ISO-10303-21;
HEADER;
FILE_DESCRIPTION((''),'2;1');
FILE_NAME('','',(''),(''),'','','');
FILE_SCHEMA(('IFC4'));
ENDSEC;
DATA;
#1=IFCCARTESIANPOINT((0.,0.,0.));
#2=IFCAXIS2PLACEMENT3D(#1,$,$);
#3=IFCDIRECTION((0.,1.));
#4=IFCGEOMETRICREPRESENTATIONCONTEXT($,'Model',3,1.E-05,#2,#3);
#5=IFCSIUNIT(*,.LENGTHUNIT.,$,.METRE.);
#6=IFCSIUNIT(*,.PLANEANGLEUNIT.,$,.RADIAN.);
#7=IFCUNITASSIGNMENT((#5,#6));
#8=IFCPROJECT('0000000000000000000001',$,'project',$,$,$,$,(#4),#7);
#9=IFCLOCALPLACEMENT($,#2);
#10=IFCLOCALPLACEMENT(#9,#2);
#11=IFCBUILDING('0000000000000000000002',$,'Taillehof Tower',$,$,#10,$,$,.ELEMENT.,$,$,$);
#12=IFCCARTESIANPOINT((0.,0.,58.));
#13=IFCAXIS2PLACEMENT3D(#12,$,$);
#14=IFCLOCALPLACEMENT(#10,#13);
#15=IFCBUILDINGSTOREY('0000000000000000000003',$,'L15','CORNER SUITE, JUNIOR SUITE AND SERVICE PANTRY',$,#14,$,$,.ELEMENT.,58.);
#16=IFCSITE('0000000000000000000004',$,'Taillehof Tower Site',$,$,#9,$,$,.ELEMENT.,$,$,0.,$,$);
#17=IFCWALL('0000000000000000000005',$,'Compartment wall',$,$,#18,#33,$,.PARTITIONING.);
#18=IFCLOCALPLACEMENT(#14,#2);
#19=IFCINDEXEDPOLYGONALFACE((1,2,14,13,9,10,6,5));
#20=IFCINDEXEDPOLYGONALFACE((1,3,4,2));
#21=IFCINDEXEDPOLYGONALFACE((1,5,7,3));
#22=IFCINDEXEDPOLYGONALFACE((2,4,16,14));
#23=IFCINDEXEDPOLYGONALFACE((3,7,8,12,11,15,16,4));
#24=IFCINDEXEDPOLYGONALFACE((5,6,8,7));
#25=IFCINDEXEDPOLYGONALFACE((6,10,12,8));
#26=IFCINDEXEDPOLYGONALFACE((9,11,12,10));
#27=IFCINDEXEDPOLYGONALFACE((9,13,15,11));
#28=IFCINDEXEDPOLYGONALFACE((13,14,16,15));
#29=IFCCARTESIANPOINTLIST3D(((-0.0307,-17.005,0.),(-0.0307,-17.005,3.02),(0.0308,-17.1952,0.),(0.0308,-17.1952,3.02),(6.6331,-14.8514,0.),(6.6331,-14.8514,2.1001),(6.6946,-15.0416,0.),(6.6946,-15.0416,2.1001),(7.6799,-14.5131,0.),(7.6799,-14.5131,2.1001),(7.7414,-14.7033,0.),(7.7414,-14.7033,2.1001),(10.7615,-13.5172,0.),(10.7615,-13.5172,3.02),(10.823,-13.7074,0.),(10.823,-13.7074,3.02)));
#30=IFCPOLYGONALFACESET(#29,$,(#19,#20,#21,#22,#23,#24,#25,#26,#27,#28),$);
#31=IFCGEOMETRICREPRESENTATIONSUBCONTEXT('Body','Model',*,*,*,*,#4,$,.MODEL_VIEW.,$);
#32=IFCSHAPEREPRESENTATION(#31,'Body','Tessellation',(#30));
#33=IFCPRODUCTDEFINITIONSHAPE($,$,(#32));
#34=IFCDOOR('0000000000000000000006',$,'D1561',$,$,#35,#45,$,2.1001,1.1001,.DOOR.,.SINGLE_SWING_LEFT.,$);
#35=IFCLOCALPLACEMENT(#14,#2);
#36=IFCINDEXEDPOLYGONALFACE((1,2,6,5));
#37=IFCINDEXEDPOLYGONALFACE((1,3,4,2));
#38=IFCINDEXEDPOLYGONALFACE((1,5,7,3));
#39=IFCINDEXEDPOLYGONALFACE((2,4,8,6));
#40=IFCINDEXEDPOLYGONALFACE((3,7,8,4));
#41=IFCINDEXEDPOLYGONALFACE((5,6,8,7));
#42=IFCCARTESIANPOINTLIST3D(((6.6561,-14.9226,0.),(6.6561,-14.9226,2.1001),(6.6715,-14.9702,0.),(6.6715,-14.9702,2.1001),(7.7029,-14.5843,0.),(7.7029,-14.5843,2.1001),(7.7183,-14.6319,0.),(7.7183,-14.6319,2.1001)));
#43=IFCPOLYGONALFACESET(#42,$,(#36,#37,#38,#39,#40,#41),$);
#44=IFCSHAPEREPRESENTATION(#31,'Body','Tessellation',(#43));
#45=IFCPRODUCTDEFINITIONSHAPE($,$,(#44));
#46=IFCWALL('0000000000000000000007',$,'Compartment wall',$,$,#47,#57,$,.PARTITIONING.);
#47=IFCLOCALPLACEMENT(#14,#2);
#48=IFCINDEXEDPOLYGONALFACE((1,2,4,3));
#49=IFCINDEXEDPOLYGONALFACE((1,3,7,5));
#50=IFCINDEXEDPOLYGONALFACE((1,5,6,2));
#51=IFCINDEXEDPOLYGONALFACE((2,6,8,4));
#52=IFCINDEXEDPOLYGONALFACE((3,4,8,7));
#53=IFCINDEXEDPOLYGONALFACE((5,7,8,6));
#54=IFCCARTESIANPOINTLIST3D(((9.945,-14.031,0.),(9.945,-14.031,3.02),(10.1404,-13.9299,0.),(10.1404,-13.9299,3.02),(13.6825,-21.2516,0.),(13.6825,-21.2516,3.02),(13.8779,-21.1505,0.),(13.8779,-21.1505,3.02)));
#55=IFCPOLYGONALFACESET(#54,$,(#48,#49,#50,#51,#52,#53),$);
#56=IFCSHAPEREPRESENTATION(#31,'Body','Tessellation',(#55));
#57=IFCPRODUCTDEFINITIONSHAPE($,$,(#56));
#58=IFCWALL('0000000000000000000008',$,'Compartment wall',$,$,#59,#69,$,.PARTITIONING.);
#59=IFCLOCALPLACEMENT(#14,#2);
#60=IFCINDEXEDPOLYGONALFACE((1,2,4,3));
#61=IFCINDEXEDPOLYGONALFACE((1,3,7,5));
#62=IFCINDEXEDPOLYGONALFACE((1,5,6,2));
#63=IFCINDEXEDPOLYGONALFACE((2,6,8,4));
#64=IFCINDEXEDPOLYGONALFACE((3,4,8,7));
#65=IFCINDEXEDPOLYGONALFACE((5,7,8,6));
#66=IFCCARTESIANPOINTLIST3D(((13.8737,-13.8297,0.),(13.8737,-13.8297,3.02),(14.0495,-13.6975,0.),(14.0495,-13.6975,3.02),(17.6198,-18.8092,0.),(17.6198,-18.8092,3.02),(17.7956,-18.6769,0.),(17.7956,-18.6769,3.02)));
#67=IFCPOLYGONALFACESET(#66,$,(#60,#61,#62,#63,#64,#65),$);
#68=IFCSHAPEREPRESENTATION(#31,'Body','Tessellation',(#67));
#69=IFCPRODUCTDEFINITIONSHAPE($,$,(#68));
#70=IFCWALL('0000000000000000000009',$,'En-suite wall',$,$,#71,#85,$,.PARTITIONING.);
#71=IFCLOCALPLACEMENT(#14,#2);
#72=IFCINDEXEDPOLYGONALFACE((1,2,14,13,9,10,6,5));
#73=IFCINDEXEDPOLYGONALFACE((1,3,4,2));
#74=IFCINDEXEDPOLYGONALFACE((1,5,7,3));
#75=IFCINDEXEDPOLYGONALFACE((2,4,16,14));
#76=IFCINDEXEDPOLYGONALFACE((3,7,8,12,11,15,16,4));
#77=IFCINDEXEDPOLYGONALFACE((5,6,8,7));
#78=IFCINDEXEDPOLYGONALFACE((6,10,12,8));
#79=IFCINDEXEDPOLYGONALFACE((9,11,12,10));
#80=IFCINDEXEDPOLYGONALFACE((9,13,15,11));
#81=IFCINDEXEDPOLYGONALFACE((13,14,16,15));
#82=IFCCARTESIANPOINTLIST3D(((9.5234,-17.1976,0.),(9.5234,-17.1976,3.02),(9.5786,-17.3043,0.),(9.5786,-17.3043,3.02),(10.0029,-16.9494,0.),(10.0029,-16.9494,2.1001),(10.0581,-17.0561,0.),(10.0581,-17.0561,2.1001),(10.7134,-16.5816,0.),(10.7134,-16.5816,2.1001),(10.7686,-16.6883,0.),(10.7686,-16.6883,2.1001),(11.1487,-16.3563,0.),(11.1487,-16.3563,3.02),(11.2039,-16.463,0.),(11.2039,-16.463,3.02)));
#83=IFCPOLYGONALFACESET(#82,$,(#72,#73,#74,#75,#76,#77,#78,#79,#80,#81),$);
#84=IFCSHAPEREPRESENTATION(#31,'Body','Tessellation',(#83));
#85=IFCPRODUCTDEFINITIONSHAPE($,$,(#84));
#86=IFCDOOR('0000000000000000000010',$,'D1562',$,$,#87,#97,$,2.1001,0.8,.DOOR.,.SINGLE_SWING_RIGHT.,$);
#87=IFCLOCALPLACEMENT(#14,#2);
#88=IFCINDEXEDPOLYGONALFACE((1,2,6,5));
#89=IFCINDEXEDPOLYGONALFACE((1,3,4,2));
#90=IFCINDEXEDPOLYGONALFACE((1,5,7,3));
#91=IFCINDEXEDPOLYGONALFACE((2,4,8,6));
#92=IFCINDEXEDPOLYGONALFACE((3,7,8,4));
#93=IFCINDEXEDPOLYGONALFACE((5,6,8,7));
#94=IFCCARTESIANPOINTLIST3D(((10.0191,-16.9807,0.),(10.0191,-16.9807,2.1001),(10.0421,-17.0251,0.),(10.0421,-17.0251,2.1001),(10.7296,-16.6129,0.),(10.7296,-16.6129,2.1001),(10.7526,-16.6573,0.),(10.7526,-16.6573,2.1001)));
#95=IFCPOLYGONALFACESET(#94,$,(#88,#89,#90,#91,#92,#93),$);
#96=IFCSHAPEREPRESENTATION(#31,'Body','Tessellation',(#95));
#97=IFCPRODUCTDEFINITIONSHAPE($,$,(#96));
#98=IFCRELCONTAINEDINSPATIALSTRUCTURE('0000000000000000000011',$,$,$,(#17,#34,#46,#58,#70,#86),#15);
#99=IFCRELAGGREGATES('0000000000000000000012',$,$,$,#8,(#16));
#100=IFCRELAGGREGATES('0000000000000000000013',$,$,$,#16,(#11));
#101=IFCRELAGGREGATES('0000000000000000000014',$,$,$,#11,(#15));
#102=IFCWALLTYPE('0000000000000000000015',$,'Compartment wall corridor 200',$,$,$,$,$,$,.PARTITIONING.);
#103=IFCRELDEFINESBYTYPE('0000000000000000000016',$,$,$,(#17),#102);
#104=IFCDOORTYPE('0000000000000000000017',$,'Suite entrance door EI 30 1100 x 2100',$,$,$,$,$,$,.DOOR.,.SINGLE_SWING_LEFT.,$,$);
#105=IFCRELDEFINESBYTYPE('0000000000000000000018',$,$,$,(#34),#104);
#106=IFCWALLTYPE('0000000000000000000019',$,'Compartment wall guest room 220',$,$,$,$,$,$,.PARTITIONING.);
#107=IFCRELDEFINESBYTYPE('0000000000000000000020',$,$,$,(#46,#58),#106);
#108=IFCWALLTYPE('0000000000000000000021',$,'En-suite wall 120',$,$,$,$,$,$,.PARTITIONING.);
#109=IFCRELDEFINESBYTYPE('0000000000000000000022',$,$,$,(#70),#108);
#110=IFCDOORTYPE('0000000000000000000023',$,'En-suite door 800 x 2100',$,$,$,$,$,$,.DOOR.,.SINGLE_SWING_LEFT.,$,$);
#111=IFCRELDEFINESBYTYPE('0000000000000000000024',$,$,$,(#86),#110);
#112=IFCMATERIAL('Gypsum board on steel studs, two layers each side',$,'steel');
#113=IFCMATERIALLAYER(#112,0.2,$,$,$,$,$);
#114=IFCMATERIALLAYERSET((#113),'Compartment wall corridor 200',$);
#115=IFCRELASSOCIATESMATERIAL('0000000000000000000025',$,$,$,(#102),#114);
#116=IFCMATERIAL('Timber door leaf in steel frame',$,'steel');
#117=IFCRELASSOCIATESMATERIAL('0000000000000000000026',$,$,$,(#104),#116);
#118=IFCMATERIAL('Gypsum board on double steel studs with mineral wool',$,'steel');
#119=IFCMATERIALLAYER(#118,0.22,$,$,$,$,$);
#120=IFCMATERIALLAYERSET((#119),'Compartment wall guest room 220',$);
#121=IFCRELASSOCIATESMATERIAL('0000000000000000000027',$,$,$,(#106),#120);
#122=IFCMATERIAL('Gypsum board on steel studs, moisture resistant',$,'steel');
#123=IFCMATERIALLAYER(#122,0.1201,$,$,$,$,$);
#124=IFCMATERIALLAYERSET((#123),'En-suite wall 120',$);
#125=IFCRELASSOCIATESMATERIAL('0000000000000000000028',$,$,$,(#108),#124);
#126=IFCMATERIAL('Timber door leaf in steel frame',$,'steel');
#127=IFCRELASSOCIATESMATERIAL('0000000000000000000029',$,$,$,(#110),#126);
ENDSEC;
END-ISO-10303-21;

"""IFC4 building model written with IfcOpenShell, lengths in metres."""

from ifc_helpers import new_model, si_unit, direction, frame, frame_2d, origin, place, context, subcontext, project, spatial, rectangle, extrude, material, layer, layer_set, type_object, element, fill, save


model = new_model("IFC4")

# Units and contexts
model_context = context("Model", 3, precision=1e-05, world=origin(), true_north=direction((0.0, 1.0)))
body_context = subcontext(model_context, "Body", "Model", "MODEL_VIEW")
ifc_project = project(units=[si_unit("LENGTHUNIT", "METRE"), si_unit("PLANEANGLEUNIT", "RADIAN")], contexts=[model_context])

# Site, building, storey
site_placement = place(None, origin())
site = spatial("IfcSite", under=ifc_project, at=site_placement, Name="Taillehof Tower Site", CompositionType="ELEMENT", RefElevation=0.0)
building_placement = place(site_placement, origin())
building = spatial("IfcBuilding", under=site, at=building_placement, Name="Taillehof Tower", CompositionType="ELEMENT")
storey_placement = place(building_placement, frame((0.0, 0.0, 58.0)))
storey = spatial("IfcBuildingStorey", under=building, at=storey_placement, Name="L15", Description="CORNER SUITE, JUNIOR SUITE AND SERVICE PANTRY", CompositionType="ELEMENT", Elevation=58.0)

# Shared definitions
ifc_material_1 = material(Name="Gypsum board on steel studs, two layers each side", Category="steel")
ifc_layer_1 = layer(ifc_material_1, 0.2)
ifc_layer_set_1 = layer_set([ifc_layer_1], Name="Compartment wall corridor 200")
wall_type_1 = type_object("IfcWallType", Name="Compartment wall corridor 200", PredefinedType="PARTITIONING", material=ifc_layer_set_1)

# Wall, opening, door
wall_1_placement = place(storey_placement, frame((10.7922, -13.6123, 0.0), z_axis=(0.0, 0.0, 1.0), x_axis=(-0.951543, -0.307516, 0.0)))
wall_1 = element("IfcWall", 1, at=wall_1_placement, inside=storey, type_object=wall_type_1, Name="Compartment wall", PredefinedType="PARTITIONING", context=body_context, shape_type="SweptSolid", body=[
    extrude(rectangle(XDim=11.3418, YDim=0.2, at=frame_2d((5.6709, 0.0))), origin(), (0.0, 0.0, 1.0), 3.02),
])
opening_1_placement = place(wall_1_placement, frame((3.2385, 0.0, 0.0)))
opening_1 = element("IfcOpeningElement", 2, at=opening_1_placement, cuts=wall_1, PredefinedType="OPENING", context=body_context, shape_type="SweptSolid", body=[
    extrude(rectangle(XDim=1.1001, YDim=2.1001, at=frame_2d((0.55, 1.05))), frame((0.0, 0.1099, 0.0), z_axis=(0.0, -1.0, 0.0), x_axis=(1.0, 0.0, 0.0)), (0.0, 0.0, 1.0), 0.22),
])
ifc_material_2 = material(Name="Timber door leaf in steel frame", Category="steel")
door_type_1 = type_object("IfcDoorType", Name="Suite entrance door EI 30 1100 x 2100", OperationType="SINGLE_SWING_LEFT", PredefinedType="DOOR", material=ifc_material_2)
door_1_placement = place(opening_1_placement, origin())
door_1 = element("IfcDoor", 3, at=door_1_placement, inside=storey, type_object=door_type_1, Name="D1561", OperationType="SINGLE_SWING_LEFT", OverallHeight=2.1001, OverallWidth=1.1001, PredefinedType="DOOR", context=body_context, shape_type="SweptSolid", body=[
    extrude(rectangle(XDim=1.1001, YDim=2.1001, at=frame_2d((0.55, 1.05))), frame((0.0, 0.0249, 0.0), z_axis=(0.0, -1.0, 0.0), x_axis=(1.0, 0.0, 0.0)), (0.0, 0.0, 1.0), 0.05),
])
fill(opening_1, door_1)

# Walls
ifc_material_3 = material(Name="Gypsum board on double steel studs with mineral wool", Category="steel")
ifc_layer_2 = layer(ifc_material_3, 0.22)
ifc_layer_set_2 = layer_set([ifc_layer_2], Name="Compartment wall guest room 220")
wall_type_2 = type_object("IfcWallType", Name="Compartment wall guest room 220", PredefinedType="PARTITIONING", material=ifc_layer_set_2)
wall_2_placement = place(storey_placement, frame((13.7803, -21.2012, 0.0), z_axis=(0.0, 0.0, 1.0), x_axis=(-0.459685, 0.888082, 0.0)))
element("IfcWall", 4, at=wall_2_placement, inside=storey, type_object=wall_type_2, Name="Compartment wall", PredefinedType="PARTITIONING", context=body_context, shape_type="SweptSolid", body=[
    extrude(rectangle(XDim=8.1306, YDim=0.22, at=frame_2d((4.0654, 0.0))), origin(), (0.0, 0.0, 1.0), 3.02),
])
wall_3_placement = place(storey_placement, frame((17.7078, -18.7432, 0.0), z_axis=(0.0, 0.0, 1.0), x_axis=(-0.601178, 0.799115, 0.0)))
element("IfcWall", 5, at=wall_3_placement, inside=storey, type_object=wall_type_2, Name="Compartment wall", PredefinedType="PARTITIONING", context=body_context, shape_type="SweptSolid", body=[
    extrude(rectangle(XDim=6.2312, YDim=0.22, at=frame_2d((3.1157, 0.0))), origin(), (0.0, 0.0, 1.0), 3.02),
])

# Wall, opening, door
ifc_material_4 = material(Name="Gypsum board on steel studs, moisture resistant", Category="steel")
ifc_layer_3 = layer(ifc_material_4, 0.1201)
ifc_layer_set_3 = layer_set([ifc_layer_3], Name="En-suite wall 120")
wall_type_3 = type_object("IfcWallType", Name="En-suite wall 120", PredefinedType="PARTITIONING", material=ifc_layer_set_3)
wall_4_placement = place(storey_placement, frame((9.551, -17.251, 0.0), z_axis=(0.0, 0.0, 1.0), x_axis=(0.888069, 0.45971, 0.0)))
wall_4 = element("IfcWall", 6, at=wall_4_placement, inside=storey, type_object=wall_type_3, Name="En-suite wall", PredefinedType="PARTITIONING", context=body_context, shape_type="SweptSolid", body=[
    extrude(rectangle(XDim=1.8301, YDim=0.1201, at=frame_2d((0.915, 0.0))), origin(), (0.0, 0.0, 1.0), 3.02),
])
opening_2_placement = place(wall_4_placement, frame((0.54, 0.0, 0.0)))
opening_2 = element("IfcOpeningElement", 7, at=opening_2_placement, cuts=wall_4, PredefinedType="OPENING", context=body_context, shape_type="SweptSolid", body=[
    extrude(rectangle(XDim=0.8, YDim=2.1001, at=frame_2d((0.3999, 1.05))), frame((0.0, 0.0701, 0.0), z_axis=(0.0, -1.0, 0.0), x_axis=(1.0, 0.0, 0.0)), (0.0, 0.0, 1.0), 0.1401),
])
ifc_material_5 = material(Name="Timber door leaf in steel frame", Category="steel")
door_type_2 = type_object("IfcDoorType", Name="En-suite door 800 x 2100", OperationType="SINGLE_SWING_LEFT", PredefinedType="DOOR", material=ifc_material_5)
door_2_placement = place(opening_2_placement, origin())
door_2 = element("IfcDoor", 8, at=door_2_placement, inside=storey, type_object=door_type_2, Name="D1562", OperationType="SINGLE_SWING_RIGHT", OverallHeight=2.1001, OverallWidth=0.8, PredefinedType="DOOR", context=body_context, shape_type="SweptSolid", body=[
    extrude(rectangle(XDim=0.8, YDim=2.1001, at=frame_2d((0.3999, 1.05))), frame((0.0, 0.0249, 0.0), z_axis=(0.0, -1.0, 0.0), x_axis=(1.0, 0.0, 0.0)), (0.0, 0.0, 1.0), 0.05),
])
fill(opening_2, door_2)

save(model, "model.ifc")
